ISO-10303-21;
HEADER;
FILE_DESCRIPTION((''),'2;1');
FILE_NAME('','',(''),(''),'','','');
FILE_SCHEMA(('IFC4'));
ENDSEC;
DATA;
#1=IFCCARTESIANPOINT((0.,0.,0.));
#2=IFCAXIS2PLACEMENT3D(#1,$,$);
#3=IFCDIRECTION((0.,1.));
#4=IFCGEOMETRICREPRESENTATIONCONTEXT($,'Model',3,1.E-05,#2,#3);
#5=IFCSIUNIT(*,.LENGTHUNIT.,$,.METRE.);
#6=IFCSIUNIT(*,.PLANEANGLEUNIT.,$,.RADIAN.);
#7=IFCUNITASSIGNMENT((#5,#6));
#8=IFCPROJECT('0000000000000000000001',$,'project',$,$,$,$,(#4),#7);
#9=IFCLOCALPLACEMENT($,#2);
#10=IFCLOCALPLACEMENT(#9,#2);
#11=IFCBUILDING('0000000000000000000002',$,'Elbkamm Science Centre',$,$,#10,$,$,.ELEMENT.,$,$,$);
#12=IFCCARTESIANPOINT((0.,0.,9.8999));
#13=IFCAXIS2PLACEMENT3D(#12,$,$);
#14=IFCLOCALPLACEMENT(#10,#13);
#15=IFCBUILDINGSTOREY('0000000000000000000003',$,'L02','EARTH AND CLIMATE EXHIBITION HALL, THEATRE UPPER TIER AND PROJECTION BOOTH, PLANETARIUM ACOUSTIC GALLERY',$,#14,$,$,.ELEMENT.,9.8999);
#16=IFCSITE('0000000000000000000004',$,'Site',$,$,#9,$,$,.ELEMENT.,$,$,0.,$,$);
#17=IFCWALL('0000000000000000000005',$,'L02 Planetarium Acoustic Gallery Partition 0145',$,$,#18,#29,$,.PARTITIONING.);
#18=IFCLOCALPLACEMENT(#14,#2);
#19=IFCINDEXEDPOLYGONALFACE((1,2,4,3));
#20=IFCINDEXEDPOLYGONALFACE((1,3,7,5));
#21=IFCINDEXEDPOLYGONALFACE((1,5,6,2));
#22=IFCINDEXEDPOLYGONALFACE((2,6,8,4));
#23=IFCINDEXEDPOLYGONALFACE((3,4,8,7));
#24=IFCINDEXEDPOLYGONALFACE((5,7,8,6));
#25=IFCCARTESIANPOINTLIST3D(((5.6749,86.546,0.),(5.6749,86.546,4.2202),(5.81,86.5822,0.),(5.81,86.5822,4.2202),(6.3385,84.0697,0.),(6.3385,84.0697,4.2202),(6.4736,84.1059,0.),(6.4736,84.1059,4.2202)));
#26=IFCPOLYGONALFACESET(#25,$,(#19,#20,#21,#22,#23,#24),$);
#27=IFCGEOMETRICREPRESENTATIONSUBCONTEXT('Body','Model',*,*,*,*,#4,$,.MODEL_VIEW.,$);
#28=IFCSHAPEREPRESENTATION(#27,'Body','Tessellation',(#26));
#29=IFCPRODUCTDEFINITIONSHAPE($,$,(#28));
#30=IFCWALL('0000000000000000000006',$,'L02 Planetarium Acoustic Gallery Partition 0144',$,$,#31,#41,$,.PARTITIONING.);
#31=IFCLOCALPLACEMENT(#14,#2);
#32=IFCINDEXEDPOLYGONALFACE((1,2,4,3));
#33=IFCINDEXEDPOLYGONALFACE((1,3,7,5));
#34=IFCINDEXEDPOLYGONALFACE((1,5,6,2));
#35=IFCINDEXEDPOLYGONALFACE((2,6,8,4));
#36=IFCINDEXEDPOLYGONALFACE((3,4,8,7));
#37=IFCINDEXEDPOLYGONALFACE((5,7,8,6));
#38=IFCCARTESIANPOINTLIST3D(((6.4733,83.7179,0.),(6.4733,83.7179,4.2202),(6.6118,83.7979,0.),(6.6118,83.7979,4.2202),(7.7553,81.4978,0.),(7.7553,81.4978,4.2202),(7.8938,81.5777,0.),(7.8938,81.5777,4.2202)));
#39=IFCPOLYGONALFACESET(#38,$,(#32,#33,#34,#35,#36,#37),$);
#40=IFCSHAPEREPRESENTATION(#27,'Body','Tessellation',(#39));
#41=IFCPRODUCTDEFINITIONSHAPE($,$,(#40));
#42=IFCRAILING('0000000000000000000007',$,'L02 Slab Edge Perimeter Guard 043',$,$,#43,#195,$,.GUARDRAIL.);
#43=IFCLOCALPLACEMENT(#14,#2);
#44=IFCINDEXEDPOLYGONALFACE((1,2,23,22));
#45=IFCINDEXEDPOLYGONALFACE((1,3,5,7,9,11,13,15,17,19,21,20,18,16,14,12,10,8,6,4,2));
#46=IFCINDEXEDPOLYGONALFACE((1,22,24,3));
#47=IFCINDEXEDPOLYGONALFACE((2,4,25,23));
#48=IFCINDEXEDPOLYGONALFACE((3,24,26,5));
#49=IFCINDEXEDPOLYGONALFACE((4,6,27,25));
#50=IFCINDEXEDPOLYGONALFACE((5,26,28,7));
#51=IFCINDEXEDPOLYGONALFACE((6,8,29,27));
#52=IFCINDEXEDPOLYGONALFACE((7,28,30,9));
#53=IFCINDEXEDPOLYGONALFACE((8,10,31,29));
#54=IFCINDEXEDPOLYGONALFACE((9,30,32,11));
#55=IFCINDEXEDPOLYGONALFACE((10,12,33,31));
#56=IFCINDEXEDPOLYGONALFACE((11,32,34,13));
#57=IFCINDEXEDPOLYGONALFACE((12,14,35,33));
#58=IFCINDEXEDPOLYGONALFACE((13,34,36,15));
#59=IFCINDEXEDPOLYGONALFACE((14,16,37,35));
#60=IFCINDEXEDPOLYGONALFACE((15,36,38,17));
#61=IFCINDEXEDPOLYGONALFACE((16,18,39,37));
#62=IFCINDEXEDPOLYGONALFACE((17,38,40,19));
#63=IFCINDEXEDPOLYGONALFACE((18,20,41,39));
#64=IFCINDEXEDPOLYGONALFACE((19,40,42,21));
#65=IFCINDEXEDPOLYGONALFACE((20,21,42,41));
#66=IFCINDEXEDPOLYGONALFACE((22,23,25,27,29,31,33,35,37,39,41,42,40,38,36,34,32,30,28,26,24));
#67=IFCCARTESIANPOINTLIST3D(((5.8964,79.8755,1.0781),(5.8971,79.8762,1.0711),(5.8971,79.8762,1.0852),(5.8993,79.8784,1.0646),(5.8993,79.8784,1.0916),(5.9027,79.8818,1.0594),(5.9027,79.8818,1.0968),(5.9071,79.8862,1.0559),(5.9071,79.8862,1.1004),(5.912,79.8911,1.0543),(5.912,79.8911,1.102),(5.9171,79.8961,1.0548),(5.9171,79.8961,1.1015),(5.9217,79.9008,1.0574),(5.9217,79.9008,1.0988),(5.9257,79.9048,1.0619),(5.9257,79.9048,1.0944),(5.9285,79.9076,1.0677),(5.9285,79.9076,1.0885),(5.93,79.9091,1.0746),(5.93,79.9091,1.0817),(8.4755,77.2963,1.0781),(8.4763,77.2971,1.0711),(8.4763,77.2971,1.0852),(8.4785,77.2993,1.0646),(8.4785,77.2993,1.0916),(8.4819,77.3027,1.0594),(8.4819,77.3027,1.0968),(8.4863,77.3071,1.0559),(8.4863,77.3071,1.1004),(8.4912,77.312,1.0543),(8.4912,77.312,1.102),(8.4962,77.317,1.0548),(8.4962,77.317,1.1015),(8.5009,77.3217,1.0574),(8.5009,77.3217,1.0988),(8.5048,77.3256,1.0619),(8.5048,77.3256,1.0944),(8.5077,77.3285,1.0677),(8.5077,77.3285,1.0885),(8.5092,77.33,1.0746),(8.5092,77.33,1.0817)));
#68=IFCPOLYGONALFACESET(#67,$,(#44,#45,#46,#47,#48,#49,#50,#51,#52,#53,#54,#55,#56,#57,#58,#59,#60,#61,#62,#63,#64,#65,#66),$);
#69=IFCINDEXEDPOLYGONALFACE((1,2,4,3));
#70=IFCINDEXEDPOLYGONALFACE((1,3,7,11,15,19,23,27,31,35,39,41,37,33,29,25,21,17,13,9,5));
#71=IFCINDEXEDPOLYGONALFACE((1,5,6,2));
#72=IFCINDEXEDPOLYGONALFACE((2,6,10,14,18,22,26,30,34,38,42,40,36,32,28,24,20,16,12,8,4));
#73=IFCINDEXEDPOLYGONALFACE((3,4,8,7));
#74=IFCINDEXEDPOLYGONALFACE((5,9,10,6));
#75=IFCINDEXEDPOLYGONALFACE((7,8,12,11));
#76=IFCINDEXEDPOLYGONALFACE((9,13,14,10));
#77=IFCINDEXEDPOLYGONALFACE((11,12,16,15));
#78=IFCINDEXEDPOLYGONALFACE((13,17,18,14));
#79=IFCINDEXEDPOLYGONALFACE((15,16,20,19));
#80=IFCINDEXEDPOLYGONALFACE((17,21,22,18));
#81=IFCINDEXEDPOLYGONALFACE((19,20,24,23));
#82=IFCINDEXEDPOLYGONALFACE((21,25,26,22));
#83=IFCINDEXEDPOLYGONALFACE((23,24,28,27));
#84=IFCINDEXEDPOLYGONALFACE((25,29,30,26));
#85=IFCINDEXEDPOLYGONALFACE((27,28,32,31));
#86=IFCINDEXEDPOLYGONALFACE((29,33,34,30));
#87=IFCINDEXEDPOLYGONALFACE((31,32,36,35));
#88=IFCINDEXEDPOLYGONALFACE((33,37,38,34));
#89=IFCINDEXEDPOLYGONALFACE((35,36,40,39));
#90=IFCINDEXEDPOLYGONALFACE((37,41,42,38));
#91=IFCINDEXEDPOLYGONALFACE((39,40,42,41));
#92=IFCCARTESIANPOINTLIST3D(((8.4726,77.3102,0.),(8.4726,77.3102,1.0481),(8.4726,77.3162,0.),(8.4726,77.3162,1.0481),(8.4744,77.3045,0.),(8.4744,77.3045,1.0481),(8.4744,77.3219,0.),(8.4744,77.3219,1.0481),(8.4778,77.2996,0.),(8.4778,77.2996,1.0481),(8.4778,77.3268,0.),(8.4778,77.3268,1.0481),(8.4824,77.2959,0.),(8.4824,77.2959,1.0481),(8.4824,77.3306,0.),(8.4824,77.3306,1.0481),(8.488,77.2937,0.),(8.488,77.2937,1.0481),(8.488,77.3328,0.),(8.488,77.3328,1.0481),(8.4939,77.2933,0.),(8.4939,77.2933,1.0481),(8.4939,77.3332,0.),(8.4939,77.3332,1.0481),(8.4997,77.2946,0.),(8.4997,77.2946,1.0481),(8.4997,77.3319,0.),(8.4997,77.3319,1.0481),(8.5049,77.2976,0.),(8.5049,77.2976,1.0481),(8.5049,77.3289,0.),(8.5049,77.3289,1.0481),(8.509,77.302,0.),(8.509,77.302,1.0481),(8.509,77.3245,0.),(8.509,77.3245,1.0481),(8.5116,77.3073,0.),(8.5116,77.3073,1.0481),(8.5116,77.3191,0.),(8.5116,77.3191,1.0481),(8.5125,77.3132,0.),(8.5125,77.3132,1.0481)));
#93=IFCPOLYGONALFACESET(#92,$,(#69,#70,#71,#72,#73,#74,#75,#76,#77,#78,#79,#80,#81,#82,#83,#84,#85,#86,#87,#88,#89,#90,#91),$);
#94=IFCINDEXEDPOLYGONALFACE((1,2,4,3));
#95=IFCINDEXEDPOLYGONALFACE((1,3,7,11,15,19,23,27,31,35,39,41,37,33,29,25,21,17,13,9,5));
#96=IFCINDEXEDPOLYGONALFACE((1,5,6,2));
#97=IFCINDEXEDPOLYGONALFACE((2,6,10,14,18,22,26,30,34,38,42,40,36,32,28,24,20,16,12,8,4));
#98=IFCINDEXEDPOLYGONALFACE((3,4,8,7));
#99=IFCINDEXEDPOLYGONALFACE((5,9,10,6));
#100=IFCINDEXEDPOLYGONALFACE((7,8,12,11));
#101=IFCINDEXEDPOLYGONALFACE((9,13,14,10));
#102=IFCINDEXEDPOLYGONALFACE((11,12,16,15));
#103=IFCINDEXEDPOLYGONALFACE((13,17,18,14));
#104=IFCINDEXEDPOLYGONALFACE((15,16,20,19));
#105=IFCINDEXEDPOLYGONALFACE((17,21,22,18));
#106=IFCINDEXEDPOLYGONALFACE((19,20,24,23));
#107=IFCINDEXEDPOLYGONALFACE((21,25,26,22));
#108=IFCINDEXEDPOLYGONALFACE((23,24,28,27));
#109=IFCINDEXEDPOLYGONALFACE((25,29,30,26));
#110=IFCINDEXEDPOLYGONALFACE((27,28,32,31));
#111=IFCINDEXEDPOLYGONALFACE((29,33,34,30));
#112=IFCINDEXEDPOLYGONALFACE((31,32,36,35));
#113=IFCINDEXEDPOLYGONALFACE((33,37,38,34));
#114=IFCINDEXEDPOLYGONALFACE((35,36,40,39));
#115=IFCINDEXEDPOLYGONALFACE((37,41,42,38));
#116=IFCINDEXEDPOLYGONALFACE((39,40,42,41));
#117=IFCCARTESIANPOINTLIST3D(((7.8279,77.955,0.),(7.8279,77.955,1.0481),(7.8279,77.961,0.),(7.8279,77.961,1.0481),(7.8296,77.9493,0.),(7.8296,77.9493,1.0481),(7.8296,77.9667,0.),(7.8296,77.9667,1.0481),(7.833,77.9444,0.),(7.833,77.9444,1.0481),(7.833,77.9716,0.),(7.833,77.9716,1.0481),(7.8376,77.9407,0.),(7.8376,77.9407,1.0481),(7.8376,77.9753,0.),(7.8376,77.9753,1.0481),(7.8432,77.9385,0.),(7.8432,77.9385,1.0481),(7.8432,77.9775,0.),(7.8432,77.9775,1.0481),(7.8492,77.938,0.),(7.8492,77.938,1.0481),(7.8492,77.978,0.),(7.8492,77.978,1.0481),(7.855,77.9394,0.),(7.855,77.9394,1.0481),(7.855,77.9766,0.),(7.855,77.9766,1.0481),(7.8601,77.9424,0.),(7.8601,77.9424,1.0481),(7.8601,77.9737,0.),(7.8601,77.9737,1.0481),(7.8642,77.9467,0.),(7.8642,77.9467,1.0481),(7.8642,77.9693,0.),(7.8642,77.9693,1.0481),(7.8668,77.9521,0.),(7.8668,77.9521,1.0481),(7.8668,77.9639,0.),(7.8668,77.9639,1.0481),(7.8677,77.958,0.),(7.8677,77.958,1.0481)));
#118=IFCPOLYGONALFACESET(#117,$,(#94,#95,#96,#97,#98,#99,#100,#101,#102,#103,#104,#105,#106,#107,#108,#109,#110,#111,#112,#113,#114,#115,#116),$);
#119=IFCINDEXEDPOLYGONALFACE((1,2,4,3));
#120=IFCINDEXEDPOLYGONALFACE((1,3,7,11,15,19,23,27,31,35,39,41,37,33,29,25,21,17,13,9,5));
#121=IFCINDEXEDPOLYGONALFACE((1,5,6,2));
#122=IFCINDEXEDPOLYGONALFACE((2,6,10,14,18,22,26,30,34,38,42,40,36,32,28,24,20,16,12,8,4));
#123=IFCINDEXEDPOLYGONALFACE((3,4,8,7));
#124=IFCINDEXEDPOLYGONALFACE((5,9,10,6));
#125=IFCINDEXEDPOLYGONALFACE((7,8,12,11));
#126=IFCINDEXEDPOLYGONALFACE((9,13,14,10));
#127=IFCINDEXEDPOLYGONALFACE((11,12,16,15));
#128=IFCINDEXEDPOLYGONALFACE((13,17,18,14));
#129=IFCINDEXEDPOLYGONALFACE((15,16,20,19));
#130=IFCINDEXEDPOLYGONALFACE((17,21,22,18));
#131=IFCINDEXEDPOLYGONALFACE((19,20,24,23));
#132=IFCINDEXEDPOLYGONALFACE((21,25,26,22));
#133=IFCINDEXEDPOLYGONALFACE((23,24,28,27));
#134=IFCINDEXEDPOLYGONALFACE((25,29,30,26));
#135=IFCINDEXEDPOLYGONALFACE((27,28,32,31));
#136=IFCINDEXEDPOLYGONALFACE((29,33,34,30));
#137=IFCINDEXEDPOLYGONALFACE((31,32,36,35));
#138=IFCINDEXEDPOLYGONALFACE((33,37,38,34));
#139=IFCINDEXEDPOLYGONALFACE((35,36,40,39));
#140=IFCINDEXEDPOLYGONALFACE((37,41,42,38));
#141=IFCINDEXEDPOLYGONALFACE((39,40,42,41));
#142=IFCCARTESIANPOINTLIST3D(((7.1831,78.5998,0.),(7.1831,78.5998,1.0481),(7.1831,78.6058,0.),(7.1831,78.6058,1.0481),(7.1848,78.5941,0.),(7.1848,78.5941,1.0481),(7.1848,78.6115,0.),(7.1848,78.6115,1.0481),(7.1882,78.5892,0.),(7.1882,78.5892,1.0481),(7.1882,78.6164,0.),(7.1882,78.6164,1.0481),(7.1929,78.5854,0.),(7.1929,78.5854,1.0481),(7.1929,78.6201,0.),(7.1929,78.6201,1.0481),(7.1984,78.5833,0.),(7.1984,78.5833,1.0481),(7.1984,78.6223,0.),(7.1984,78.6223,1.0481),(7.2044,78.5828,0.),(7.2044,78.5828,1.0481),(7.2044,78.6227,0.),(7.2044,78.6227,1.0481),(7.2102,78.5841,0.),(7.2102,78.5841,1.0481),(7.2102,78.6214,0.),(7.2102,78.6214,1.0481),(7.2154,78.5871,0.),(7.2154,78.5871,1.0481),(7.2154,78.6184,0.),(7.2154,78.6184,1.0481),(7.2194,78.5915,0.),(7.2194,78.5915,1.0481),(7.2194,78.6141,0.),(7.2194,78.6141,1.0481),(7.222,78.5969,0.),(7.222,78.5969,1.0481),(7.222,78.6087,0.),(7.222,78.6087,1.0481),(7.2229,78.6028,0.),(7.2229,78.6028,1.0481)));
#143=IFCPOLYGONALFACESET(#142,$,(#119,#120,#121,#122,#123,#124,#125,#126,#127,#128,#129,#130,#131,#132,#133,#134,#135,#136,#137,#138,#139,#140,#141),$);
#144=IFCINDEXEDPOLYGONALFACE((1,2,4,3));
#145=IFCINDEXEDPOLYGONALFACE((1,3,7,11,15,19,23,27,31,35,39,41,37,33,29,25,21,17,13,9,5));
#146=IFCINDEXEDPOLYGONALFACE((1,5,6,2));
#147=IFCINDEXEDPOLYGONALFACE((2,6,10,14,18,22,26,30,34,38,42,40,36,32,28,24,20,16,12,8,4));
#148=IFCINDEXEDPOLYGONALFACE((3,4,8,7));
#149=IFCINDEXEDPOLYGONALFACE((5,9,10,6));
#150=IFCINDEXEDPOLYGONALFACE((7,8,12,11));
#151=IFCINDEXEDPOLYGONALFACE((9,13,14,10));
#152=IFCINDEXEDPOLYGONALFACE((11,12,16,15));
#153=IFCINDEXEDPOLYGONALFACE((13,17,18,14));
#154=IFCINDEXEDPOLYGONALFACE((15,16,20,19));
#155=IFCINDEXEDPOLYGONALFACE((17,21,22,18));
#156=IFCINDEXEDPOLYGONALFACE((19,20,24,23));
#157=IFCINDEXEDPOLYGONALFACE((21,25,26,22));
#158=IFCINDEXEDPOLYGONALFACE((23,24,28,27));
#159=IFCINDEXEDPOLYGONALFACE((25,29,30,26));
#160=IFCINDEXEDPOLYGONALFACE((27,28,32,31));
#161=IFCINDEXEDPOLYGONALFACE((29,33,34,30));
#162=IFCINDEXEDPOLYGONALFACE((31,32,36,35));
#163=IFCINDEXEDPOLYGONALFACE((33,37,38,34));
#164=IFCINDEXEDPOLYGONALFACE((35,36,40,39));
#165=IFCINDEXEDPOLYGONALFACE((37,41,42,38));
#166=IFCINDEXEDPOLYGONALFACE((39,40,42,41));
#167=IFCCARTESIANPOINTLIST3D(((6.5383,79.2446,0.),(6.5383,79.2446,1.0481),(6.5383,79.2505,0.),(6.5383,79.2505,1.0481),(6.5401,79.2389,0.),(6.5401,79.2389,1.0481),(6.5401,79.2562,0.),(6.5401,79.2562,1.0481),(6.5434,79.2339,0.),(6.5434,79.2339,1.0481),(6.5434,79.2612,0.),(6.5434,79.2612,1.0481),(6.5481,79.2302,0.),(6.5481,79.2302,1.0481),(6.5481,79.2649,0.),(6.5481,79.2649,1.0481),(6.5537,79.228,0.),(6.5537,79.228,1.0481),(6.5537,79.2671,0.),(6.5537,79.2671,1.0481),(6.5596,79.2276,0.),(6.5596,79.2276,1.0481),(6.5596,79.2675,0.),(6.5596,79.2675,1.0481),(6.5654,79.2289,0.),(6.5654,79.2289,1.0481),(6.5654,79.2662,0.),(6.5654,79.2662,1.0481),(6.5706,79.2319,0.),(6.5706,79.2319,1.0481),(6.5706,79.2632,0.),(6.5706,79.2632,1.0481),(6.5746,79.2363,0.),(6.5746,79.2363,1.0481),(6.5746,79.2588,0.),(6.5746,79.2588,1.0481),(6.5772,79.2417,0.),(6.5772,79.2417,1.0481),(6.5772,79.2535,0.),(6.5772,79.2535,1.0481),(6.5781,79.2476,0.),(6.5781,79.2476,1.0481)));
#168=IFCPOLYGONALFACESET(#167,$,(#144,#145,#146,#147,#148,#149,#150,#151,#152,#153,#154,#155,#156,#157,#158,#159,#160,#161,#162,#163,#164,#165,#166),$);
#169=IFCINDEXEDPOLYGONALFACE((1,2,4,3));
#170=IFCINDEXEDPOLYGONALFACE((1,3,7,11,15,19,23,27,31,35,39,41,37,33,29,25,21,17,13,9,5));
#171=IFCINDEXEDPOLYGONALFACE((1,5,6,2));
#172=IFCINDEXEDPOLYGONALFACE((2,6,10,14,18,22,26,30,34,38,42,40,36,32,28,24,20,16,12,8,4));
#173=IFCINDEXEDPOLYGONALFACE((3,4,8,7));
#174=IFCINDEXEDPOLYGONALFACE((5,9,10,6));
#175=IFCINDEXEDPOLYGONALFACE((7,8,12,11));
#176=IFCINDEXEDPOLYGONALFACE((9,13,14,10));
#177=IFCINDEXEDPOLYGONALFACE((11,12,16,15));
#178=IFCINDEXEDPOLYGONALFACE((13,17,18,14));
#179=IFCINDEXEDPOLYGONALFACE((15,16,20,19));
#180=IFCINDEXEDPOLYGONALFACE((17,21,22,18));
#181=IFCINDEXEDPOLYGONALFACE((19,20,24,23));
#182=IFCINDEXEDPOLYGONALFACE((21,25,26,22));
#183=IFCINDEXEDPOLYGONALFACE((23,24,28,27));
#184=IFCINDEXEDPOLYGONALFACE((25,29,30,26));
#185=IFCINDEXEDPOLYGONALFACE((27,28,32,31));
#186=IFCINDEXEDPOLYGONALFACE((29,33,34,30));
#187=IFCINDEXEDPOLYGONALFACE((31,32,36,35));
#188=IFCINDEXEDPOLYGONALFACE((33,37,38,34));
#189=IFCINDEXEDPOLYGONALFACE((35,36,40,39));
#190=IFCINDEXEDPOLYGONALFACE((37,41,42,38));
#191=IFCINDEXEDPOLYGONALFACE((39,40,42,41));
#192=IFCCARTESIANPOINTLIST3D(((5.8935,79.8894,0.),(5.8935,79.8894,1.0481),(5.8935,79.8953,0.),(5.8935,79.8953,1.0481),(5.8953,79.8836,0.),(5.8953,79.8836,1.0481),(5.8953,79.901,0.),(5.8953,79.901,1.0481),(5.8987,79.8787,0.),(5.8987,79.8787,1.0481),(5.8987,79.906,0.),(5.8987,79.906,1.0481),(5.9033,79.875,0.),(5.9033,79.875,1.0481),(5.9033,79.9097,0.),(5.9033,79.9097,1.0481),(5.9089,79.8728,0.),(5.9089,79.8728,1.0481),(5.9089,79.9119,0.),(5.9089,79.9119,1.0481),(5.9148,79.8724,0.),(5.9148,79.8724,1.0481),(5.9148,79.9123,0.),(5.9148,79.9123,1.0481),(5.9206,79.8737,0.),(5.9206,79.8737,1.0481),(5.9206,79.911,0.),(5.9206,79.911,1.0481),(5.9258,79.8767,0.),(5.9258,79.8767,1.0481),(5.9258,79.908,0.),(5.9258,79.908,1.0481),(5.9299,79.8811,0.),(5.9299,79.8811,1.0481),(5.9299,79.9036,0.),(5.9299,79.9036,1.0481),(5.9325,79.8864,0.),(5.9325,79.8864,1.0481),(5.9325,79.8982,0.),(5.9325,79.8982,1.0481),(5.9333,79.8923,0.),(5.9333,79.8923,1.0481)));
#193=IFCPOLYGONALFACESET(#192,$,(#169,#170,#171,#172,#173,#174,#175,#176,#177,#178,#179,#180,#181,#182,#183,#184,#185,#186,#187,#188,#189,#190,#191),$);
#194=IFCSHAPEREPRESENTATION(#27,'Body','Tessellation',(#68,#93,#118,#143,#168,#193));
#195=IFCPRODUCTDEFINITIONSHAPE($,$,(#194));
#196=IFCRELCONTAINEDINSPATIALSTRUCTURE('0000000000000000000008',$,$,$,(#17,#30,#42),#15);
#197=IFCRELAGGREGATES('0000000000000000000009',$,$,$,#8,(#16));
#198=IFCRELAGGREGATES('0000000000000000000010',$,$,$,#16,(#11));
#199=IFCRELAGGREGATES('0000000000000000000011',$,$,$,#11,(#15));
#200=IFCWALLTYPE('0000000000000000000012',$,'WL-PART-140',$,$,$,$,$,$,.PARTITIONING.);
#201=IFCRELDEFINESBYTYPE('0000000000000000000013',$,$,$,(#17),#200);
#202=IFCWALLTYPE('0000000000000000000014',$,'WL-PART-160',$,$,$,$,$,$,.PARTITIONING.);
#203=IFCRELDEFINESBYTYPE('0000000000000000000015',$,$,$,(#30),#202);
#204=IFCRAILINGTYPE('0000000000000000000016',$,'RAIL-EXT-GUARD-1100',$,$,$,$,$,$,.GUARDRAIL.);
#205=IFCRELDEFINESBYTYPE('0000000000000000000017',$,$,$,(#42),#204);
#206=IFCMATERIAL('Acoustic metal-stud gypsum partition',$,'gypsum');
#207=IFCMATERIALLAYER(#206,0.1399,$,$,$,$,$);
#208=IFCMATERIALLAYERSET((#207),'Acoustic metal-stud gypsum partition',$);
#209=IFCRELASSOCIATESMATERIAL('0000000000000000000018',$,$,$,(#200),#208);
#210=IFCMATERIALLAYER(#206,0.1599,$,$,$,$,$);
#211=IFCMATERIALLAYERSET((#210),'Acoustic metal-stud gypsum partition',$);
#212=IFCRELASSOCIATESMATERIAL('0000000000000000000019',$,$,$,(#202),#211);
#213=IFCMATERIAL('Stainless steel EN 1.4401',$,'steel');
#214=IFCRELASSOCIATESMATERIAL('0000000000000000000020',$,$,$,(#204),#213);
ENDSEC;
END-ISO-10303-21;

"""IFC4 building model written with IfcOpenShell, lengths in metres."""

from ifc_helpers import new_model, si_unit, direction, frame, frame_2d, origin, origin_2d, place, context, subcontext, project, spatial, rectangle, circle, extrude, material, layer, layer_set, type_object, element, save


model = new_model("IFC4")

# Units and contexts
model_context = context("Model", 3, precision=1e-05, world=origin(), true_north=direction((0.0, 1.0)))
body_context = subcontext(model_context, "Body", "Model", "MODEL_VIEW")
ifc_project = project(units=[si_unit("LENGTHUNIT", "METRE"), si_unit("PLANEANGLEUNIT", "RADIAN")], contexts=[model_context])

# Site, building, storey
site_placement = place(None, origin())
site = spatial("IfcSite", under=ifc_project, at=site_placement, Name="Site", CompositionType="ELEMENT", RefElevation=0.0)
building_placement = place(site_placement, origin())
building = spatial("IfcBuilding", under=site, at=building_placement, Name="Elbkamm Science Centre", CompositionType="ELEMENT")
storey_placement = place(building_placement, frame((0.0, 0.0, 9.8999)))
storey = spatial("IfcBuildingStorey", under=building, at=storey_placement, Name="L02", Description="EARTH AND CLIMATE EXHIBITION HALL, THEATRE UPPER TIER AND PROJECTION BOOTH, PLANETARIUM ACOUSTIC GALLERY", CompositionType="ELEMENT", Elevation=9.8999)

# Walls
ifc_material_1 = material(Name="Acoustic metal-stud gypsum partition", Category="gypsum")
ifc_layer_1 = layer(ifc_material_1, 0.1399)
ifc_layer_set_1 = layer_set([ifc_layer_1], Name="Acoustic metal-stud gypsum partition")
wall_type_1 = type_object("IfcWallType", Name="WL-PART-140", PredefinedType="PARTITIONING", material=ifc_layer_set_1)
wall_1_placement = place(storey_placement, frame((6.406, 84.0879, 0.0), z_axis=(0.0, 0.0, 1.0), x_axis=(-0.258836, 0.965921, 0.0)))
element("IfcWall", 1, at=wall_1_placement, inside=storey, type_object=wall_type_1, Name="L02 Planetarium Acoustic Gallery Partition 0145", PredefinedType="PARTITIONING", context=body_context, shape_type="SweptSolid", body=[
    extrude(rectangle(XDim=2.5637, YDim=0.1399, at=frame_2d((1.2817, 0.0))), origin(), (0.0, 0.0, 1.0), 4.2202),
])
ifc_layer_2 = layer(ifc_material_1, 0.1599)
ifc_layer_set_2 = layer_set([ifc_layer_2], Name="Acoustic metal-stud gypsum partition")
wall_type_2 = type_object("IfcWallType", Name="WL-PART-160", PredefinedType="PARTITIONING", material=ifc_layer_set_2)
wall_2_placement = place(storey_placement, frame((7.8245, 81.5378, 0.0), z_axis=(0.0, 0.0, 1.0), x_axis=(-0.500041, 0.866002, 0.0)))
element("IfcWall", 2, at=wall_2_placement, inside=storey, type_object=wall_type_2, Name="L02 Planetarium Acoustic Gallery Partition 0144", PredefinedType="PARTITIONING", context=body_context, shape_type="SweptSolid", body=[
    extrude(rectangle(XDim=2.5637, YDim=0.1599, at=frame_2d((1.2817, 0.0))), origin(), (0.0, 0.0, 1.0), 4.2202),
])

# Railing
ifc_material_2 = material(Name="Stainless steel EN 1.4401", Category="steel")
railing_type = type_object("IfcRailingType", Name="RAIL-EXT-GUARD-1100", PredefinedType="GUARDRAIL", material=ifc_material_2)
railing_1_placement = place(storey_placement, frame((8.4924, 77.3132, 0.0)))
element("IfcRailing", 3, at=railing_1_placement, inside=storey, type_object=railing_type, Name="L02 Slab Edge Perimeter Guard 043", PredefinedType="GUARDRAIL", context=body_context, shape_type="SweptSolid", body=[
    extrude(circle(Radius=0.0239, at=origin_2d()), frame((0.0, 0.0, 1.0781), z_axis=(-0.707107, 0.707107, 0.0), x_axis=(-0.707107, -0.707107, 0.0)), (0.0, 0.0, 1.0), 3.6475),
    extrude(circle(Radius=0.02, at=origin_2d()), origin(), (0.0, 0.0, 1.0), 1.0481),
    extrude(circle(Radius=0.02, at=origin_2d()), frame((-0.6448, 0.6448, 0.0)), (0.0, 0.0, 1.0), 1.0481),
    extrude(circle(Radius=0.02, at=origin_2d()), frame((-1.2896, 1.2896, 0.0)), (0.0, 0.0, 1.0), 1.0481),
    extrude(circle(Radius=0.02, at=origin_2d()), frame((-1.9343, 1.9343, 0.0)), (0.0, 0.0, 1.0), 1.0481),
    extrude(circle(Radius=0.02, at=origin_2d()), frame((-2.5791, 2.5791, 0.0)), (0.0, 0.0, 1.0), 1.0481),
])

save(model, "model.ifc")
